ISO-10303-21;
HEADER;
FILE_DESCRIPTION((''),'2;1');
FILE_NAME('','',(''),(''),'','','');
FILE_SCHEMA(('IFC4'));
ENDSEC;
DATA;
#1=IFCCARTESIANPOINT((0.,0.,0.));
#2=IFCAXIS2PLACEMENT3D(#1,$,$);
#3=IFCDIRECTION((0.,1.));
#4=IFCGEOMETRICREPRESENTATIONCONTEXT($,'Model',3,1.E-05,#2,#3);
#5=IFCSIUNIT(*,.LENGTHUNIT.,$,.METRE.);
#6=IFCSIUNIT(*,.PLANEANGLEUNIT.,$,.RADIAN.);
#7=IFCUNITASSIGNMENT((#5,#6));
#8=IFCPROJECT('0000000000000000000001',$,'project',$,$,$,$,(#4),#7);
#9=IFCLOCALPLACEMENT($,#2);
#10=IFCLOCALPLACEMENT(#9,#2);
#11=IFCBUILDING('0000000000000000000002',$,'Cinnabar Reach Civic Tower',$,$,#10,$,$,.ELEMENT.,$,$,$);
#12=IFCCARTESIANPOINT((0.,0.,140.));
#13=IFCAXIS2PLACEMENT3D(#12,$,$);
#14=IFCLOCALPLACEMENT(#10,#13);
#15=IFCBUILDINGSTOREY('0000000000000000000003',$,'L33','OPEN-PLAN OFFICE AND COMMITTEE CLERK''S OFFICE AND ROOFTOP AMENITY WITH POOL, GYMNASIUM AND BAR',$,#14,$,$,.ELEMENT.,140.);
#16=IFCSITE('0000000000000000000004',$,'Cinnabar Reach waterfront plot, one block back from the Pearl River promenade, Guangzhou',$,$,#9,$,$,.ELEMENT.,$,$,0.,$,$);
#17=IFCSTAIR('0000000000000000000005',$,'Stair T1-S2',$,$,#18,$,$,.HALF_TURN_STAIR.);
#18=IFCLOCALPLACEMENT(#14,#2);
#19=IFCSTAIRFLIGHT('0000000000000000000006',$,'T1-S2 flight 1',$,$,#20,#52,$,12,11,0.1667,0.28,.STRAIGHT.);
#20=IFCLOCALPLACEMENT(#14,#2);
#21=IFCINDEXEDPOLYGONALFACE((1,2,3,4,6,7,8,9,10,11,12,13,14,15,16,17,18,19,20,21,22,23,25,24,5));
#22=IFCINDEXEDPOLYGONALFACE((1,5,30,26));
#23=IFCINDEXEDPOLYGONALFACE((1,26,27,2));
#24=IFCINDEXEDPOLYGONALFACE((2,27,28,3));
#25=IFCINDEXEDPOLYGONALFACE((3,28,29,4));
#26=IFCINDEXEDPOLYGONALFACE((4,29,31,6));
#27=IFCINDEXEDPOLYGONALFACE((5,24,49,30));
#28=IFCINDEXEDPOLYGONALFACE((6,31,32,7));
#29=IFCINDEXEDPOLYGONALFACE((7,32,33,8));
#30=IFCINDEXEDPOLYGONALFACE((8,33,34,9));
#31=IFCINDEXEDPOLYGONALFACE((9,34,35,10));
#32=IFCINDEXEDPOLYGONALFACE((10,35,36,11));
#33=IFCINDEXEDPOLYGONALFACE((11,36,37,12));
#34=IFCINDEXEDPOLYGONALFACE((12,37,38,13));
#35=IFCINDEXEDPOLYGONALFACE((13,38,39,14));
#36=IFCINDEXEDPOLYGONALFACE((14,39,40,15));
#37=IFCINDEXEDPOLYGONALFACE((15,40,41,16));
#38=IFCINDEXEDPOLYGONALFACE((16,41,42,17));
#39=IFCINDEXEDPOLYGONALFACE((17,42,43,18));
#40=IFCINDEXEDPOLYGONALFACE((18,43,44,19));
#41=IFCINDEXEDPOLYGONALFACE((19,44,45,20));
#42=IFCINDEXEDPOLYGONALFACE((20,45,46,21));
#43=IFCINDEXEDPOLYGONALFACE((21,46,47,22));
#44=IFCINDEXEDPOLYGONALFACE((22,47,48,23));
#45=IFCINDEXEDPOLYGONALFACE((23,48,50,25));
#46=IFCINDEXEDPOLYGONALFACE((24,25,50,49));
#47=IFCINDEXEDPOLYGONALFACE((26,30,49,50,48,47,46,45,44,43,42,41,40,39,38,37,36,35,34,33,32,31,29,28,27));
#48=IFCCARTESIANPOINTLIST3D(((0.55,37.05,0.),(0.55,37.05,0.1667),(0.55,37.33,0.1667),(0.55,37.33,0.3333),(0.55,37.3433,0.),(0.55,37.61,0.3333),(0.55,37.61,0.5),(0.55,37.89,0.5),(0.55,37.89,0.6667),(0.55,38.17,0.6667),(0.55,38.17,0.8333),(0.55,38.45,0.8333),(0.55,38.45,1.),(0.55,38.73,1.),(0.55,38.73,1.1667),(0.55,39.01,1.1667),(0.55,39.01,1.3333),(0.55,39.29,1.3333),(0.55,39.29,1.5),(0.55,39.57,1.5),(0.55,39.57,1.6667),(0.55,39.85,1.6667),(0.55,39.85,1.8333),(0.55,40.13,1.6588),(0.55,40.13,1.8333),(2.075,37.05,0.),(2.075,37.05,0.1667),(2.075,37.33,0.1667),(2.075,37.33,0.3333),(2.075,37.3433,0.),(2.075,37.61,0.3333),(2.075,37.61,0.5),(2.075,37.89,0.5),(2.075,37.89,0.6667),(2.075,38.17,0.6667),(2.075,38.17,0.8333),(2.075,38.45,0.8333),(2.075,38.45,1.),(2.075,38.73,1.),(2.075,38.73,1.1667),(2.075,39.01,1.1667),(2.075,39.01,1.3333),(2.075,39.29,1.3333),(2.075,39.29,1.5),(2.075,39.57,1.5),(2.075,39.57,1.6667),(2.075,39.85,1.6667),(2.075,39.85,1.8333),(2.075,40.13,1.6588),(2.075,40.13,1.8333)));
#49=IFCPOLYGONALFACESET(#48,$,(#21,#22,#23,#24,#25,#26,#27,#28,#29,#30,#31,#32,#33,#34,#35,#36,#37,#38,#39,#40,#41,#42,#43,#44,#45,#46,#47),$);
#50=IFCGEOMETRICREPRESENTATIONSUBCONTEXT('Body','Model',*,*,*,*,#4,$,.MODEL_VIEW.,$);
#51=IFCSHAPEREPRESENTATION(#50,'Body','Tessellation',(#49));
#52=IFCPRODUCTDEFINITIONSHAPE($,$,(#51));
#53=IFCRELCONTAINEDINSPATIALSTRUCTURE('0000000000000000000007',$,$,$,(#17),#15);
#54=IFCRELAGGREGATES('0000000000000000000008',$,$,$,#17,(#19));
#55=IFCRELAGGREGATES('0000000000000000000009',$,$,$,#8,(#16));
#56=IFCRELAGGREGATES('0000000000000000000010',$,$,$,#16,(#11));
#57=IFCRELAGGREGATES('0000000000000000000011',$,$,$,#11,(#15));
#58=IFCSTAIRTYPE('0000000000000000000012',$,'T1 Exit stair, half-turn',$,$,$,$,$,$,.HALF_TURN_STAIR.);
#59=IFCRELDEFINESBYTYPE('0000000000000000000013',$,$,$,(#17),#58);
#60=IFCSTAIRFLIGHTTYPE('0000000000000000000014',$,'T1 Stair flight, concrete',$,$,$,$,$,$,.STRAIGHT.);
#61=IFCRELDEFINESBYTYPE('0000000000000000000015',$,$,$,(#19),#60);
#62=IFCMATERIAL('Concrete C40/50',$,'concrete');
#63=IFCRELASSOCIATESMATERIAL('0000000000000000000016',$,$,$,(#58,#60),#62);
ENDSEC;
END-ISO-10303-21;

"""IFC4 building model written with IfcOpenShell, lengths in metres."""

from ifc_helpers import new_model, si_unit, direction, frame, origin, place, context, subcontext, project, spatial, polyline, outline, extrude, material, type_object, element, aggregate, save


model = new_model("IFC4")

# Units and contexts
model_context = context("Model", 3, precision=1e-05, world=origin(), true_north=direction((0.0, 1.0)))
body_context = subcontext(model_context, "Body", "Model", "MODEL_VIEW")
ifc_project = project(units=[si_unit("LENGTHUNIT", "METRE"), si_unit("PLANEANGLEUNIT", "RADIAN")], contexts=[model_context])

# Site, building, storey
site_placement = place(None, origin())
site = spatial("IfcSite", under=ifc_project, at=site_placement, Name="Cinnabar Reach waterfront plot, one block back from the Pearl River promenade, Guangzhou", CompositionType="ELEMENT", RefElevation=0.0)
building_placement = place(site_placement, origin())
building = spatial("IfcBuilding", under=site, at=building_placement, Name="Cinnabar Reach Civic Tower", CompositionType="ELEMENT")
storey_placement = place(building_placement, frame((0.0, 0.0, 140.0)))
storey = spatial("IfcBuildingStorey", under=building, at=storey_placement, Name="L33", Description="OPEN-PLAN OFFICE AND COMMITTEE CLERK'S OFFICE AND ROOFTOP AMENITY WITH POOL, GYMNASIUM AND BAR", CompositionType="ELEMENT", Elevation=140.0)

# Stair, stair flight
ifc_material_1 = material(Name="Concrete C40/50", Category="concrete")
stair_type = type_object("IfcStairType", Name="T1 Exit stair, half-turn", PredefinedType="HALF_TURN_STAIR", material=ifc_material_1)
stair_placement = place(storey_placement, origin())
stair = element("IfcStair", 1, at=stair_placement, inside=storey, type_object=stair_type, Name="Stair T1-S2", PredefinedType="HALF_TURN_STAIR")
stair_flight_type = type_object("IfcStairFlightType", Name="T1 Stair flight, concrete", PredefinedType="STRAIGHT", material=ifc_material_1)
stair_flight_placement = place(storey_placement, frame((1.3125, 37.05, 0.0), z_axis=(0.0, 0.0, 1.0), x_axis=(0.0, 1.0, 0.0)))
stair_flight = element("IfcStairFlight", 2, at=stair_flight_placement, type_object=stair_flight_type, Name="T1-S2 flight 1", NumberOfRisers=12, NumberOfTreads=11, PredefinedType="STRAIGHT", RiserHeight=0.1667, TreadLength=0.28, context=body_context, shape_type="SweptSolid", body=[
    extrude(outline(polyline([(0.0, 0.0), (0.0, 0.1667), (0.28, 0.1667), (0.28, 0.3333), (0.56, 0.3333), (0.56, 0.5), (0.84, 0.5), (0.84, 0.6667), (1.12, 0.6667), (1.12, 0.8333), (1.4, 0.8333), (1.4, 1.0), (1.68, 1.0), (1.68, 1.1667), (1.96, 1.1667), (1.96, 1.3333), (2.24, 1.3333), (2.24, 1.5), (2.52, 1.5), (2.52, 1.6667), (2.8, 1.6667), (2.8, 1.8333), (3.08, 1.8333), (3.08, 2.0), (3.08, 1.6588), (0.2933, 0.0), (0.0, 0.0)])), frame((0.0, 0.7625, 0.0), z_axis=(0.0, -1.0, 0.0), x_axis=(1.0, 0.0, 0.0)), (0.0, 0.0, 1.0), 1.525),
])
aggregate(stair, [stair_flight])

save(model, "model.ifc")
